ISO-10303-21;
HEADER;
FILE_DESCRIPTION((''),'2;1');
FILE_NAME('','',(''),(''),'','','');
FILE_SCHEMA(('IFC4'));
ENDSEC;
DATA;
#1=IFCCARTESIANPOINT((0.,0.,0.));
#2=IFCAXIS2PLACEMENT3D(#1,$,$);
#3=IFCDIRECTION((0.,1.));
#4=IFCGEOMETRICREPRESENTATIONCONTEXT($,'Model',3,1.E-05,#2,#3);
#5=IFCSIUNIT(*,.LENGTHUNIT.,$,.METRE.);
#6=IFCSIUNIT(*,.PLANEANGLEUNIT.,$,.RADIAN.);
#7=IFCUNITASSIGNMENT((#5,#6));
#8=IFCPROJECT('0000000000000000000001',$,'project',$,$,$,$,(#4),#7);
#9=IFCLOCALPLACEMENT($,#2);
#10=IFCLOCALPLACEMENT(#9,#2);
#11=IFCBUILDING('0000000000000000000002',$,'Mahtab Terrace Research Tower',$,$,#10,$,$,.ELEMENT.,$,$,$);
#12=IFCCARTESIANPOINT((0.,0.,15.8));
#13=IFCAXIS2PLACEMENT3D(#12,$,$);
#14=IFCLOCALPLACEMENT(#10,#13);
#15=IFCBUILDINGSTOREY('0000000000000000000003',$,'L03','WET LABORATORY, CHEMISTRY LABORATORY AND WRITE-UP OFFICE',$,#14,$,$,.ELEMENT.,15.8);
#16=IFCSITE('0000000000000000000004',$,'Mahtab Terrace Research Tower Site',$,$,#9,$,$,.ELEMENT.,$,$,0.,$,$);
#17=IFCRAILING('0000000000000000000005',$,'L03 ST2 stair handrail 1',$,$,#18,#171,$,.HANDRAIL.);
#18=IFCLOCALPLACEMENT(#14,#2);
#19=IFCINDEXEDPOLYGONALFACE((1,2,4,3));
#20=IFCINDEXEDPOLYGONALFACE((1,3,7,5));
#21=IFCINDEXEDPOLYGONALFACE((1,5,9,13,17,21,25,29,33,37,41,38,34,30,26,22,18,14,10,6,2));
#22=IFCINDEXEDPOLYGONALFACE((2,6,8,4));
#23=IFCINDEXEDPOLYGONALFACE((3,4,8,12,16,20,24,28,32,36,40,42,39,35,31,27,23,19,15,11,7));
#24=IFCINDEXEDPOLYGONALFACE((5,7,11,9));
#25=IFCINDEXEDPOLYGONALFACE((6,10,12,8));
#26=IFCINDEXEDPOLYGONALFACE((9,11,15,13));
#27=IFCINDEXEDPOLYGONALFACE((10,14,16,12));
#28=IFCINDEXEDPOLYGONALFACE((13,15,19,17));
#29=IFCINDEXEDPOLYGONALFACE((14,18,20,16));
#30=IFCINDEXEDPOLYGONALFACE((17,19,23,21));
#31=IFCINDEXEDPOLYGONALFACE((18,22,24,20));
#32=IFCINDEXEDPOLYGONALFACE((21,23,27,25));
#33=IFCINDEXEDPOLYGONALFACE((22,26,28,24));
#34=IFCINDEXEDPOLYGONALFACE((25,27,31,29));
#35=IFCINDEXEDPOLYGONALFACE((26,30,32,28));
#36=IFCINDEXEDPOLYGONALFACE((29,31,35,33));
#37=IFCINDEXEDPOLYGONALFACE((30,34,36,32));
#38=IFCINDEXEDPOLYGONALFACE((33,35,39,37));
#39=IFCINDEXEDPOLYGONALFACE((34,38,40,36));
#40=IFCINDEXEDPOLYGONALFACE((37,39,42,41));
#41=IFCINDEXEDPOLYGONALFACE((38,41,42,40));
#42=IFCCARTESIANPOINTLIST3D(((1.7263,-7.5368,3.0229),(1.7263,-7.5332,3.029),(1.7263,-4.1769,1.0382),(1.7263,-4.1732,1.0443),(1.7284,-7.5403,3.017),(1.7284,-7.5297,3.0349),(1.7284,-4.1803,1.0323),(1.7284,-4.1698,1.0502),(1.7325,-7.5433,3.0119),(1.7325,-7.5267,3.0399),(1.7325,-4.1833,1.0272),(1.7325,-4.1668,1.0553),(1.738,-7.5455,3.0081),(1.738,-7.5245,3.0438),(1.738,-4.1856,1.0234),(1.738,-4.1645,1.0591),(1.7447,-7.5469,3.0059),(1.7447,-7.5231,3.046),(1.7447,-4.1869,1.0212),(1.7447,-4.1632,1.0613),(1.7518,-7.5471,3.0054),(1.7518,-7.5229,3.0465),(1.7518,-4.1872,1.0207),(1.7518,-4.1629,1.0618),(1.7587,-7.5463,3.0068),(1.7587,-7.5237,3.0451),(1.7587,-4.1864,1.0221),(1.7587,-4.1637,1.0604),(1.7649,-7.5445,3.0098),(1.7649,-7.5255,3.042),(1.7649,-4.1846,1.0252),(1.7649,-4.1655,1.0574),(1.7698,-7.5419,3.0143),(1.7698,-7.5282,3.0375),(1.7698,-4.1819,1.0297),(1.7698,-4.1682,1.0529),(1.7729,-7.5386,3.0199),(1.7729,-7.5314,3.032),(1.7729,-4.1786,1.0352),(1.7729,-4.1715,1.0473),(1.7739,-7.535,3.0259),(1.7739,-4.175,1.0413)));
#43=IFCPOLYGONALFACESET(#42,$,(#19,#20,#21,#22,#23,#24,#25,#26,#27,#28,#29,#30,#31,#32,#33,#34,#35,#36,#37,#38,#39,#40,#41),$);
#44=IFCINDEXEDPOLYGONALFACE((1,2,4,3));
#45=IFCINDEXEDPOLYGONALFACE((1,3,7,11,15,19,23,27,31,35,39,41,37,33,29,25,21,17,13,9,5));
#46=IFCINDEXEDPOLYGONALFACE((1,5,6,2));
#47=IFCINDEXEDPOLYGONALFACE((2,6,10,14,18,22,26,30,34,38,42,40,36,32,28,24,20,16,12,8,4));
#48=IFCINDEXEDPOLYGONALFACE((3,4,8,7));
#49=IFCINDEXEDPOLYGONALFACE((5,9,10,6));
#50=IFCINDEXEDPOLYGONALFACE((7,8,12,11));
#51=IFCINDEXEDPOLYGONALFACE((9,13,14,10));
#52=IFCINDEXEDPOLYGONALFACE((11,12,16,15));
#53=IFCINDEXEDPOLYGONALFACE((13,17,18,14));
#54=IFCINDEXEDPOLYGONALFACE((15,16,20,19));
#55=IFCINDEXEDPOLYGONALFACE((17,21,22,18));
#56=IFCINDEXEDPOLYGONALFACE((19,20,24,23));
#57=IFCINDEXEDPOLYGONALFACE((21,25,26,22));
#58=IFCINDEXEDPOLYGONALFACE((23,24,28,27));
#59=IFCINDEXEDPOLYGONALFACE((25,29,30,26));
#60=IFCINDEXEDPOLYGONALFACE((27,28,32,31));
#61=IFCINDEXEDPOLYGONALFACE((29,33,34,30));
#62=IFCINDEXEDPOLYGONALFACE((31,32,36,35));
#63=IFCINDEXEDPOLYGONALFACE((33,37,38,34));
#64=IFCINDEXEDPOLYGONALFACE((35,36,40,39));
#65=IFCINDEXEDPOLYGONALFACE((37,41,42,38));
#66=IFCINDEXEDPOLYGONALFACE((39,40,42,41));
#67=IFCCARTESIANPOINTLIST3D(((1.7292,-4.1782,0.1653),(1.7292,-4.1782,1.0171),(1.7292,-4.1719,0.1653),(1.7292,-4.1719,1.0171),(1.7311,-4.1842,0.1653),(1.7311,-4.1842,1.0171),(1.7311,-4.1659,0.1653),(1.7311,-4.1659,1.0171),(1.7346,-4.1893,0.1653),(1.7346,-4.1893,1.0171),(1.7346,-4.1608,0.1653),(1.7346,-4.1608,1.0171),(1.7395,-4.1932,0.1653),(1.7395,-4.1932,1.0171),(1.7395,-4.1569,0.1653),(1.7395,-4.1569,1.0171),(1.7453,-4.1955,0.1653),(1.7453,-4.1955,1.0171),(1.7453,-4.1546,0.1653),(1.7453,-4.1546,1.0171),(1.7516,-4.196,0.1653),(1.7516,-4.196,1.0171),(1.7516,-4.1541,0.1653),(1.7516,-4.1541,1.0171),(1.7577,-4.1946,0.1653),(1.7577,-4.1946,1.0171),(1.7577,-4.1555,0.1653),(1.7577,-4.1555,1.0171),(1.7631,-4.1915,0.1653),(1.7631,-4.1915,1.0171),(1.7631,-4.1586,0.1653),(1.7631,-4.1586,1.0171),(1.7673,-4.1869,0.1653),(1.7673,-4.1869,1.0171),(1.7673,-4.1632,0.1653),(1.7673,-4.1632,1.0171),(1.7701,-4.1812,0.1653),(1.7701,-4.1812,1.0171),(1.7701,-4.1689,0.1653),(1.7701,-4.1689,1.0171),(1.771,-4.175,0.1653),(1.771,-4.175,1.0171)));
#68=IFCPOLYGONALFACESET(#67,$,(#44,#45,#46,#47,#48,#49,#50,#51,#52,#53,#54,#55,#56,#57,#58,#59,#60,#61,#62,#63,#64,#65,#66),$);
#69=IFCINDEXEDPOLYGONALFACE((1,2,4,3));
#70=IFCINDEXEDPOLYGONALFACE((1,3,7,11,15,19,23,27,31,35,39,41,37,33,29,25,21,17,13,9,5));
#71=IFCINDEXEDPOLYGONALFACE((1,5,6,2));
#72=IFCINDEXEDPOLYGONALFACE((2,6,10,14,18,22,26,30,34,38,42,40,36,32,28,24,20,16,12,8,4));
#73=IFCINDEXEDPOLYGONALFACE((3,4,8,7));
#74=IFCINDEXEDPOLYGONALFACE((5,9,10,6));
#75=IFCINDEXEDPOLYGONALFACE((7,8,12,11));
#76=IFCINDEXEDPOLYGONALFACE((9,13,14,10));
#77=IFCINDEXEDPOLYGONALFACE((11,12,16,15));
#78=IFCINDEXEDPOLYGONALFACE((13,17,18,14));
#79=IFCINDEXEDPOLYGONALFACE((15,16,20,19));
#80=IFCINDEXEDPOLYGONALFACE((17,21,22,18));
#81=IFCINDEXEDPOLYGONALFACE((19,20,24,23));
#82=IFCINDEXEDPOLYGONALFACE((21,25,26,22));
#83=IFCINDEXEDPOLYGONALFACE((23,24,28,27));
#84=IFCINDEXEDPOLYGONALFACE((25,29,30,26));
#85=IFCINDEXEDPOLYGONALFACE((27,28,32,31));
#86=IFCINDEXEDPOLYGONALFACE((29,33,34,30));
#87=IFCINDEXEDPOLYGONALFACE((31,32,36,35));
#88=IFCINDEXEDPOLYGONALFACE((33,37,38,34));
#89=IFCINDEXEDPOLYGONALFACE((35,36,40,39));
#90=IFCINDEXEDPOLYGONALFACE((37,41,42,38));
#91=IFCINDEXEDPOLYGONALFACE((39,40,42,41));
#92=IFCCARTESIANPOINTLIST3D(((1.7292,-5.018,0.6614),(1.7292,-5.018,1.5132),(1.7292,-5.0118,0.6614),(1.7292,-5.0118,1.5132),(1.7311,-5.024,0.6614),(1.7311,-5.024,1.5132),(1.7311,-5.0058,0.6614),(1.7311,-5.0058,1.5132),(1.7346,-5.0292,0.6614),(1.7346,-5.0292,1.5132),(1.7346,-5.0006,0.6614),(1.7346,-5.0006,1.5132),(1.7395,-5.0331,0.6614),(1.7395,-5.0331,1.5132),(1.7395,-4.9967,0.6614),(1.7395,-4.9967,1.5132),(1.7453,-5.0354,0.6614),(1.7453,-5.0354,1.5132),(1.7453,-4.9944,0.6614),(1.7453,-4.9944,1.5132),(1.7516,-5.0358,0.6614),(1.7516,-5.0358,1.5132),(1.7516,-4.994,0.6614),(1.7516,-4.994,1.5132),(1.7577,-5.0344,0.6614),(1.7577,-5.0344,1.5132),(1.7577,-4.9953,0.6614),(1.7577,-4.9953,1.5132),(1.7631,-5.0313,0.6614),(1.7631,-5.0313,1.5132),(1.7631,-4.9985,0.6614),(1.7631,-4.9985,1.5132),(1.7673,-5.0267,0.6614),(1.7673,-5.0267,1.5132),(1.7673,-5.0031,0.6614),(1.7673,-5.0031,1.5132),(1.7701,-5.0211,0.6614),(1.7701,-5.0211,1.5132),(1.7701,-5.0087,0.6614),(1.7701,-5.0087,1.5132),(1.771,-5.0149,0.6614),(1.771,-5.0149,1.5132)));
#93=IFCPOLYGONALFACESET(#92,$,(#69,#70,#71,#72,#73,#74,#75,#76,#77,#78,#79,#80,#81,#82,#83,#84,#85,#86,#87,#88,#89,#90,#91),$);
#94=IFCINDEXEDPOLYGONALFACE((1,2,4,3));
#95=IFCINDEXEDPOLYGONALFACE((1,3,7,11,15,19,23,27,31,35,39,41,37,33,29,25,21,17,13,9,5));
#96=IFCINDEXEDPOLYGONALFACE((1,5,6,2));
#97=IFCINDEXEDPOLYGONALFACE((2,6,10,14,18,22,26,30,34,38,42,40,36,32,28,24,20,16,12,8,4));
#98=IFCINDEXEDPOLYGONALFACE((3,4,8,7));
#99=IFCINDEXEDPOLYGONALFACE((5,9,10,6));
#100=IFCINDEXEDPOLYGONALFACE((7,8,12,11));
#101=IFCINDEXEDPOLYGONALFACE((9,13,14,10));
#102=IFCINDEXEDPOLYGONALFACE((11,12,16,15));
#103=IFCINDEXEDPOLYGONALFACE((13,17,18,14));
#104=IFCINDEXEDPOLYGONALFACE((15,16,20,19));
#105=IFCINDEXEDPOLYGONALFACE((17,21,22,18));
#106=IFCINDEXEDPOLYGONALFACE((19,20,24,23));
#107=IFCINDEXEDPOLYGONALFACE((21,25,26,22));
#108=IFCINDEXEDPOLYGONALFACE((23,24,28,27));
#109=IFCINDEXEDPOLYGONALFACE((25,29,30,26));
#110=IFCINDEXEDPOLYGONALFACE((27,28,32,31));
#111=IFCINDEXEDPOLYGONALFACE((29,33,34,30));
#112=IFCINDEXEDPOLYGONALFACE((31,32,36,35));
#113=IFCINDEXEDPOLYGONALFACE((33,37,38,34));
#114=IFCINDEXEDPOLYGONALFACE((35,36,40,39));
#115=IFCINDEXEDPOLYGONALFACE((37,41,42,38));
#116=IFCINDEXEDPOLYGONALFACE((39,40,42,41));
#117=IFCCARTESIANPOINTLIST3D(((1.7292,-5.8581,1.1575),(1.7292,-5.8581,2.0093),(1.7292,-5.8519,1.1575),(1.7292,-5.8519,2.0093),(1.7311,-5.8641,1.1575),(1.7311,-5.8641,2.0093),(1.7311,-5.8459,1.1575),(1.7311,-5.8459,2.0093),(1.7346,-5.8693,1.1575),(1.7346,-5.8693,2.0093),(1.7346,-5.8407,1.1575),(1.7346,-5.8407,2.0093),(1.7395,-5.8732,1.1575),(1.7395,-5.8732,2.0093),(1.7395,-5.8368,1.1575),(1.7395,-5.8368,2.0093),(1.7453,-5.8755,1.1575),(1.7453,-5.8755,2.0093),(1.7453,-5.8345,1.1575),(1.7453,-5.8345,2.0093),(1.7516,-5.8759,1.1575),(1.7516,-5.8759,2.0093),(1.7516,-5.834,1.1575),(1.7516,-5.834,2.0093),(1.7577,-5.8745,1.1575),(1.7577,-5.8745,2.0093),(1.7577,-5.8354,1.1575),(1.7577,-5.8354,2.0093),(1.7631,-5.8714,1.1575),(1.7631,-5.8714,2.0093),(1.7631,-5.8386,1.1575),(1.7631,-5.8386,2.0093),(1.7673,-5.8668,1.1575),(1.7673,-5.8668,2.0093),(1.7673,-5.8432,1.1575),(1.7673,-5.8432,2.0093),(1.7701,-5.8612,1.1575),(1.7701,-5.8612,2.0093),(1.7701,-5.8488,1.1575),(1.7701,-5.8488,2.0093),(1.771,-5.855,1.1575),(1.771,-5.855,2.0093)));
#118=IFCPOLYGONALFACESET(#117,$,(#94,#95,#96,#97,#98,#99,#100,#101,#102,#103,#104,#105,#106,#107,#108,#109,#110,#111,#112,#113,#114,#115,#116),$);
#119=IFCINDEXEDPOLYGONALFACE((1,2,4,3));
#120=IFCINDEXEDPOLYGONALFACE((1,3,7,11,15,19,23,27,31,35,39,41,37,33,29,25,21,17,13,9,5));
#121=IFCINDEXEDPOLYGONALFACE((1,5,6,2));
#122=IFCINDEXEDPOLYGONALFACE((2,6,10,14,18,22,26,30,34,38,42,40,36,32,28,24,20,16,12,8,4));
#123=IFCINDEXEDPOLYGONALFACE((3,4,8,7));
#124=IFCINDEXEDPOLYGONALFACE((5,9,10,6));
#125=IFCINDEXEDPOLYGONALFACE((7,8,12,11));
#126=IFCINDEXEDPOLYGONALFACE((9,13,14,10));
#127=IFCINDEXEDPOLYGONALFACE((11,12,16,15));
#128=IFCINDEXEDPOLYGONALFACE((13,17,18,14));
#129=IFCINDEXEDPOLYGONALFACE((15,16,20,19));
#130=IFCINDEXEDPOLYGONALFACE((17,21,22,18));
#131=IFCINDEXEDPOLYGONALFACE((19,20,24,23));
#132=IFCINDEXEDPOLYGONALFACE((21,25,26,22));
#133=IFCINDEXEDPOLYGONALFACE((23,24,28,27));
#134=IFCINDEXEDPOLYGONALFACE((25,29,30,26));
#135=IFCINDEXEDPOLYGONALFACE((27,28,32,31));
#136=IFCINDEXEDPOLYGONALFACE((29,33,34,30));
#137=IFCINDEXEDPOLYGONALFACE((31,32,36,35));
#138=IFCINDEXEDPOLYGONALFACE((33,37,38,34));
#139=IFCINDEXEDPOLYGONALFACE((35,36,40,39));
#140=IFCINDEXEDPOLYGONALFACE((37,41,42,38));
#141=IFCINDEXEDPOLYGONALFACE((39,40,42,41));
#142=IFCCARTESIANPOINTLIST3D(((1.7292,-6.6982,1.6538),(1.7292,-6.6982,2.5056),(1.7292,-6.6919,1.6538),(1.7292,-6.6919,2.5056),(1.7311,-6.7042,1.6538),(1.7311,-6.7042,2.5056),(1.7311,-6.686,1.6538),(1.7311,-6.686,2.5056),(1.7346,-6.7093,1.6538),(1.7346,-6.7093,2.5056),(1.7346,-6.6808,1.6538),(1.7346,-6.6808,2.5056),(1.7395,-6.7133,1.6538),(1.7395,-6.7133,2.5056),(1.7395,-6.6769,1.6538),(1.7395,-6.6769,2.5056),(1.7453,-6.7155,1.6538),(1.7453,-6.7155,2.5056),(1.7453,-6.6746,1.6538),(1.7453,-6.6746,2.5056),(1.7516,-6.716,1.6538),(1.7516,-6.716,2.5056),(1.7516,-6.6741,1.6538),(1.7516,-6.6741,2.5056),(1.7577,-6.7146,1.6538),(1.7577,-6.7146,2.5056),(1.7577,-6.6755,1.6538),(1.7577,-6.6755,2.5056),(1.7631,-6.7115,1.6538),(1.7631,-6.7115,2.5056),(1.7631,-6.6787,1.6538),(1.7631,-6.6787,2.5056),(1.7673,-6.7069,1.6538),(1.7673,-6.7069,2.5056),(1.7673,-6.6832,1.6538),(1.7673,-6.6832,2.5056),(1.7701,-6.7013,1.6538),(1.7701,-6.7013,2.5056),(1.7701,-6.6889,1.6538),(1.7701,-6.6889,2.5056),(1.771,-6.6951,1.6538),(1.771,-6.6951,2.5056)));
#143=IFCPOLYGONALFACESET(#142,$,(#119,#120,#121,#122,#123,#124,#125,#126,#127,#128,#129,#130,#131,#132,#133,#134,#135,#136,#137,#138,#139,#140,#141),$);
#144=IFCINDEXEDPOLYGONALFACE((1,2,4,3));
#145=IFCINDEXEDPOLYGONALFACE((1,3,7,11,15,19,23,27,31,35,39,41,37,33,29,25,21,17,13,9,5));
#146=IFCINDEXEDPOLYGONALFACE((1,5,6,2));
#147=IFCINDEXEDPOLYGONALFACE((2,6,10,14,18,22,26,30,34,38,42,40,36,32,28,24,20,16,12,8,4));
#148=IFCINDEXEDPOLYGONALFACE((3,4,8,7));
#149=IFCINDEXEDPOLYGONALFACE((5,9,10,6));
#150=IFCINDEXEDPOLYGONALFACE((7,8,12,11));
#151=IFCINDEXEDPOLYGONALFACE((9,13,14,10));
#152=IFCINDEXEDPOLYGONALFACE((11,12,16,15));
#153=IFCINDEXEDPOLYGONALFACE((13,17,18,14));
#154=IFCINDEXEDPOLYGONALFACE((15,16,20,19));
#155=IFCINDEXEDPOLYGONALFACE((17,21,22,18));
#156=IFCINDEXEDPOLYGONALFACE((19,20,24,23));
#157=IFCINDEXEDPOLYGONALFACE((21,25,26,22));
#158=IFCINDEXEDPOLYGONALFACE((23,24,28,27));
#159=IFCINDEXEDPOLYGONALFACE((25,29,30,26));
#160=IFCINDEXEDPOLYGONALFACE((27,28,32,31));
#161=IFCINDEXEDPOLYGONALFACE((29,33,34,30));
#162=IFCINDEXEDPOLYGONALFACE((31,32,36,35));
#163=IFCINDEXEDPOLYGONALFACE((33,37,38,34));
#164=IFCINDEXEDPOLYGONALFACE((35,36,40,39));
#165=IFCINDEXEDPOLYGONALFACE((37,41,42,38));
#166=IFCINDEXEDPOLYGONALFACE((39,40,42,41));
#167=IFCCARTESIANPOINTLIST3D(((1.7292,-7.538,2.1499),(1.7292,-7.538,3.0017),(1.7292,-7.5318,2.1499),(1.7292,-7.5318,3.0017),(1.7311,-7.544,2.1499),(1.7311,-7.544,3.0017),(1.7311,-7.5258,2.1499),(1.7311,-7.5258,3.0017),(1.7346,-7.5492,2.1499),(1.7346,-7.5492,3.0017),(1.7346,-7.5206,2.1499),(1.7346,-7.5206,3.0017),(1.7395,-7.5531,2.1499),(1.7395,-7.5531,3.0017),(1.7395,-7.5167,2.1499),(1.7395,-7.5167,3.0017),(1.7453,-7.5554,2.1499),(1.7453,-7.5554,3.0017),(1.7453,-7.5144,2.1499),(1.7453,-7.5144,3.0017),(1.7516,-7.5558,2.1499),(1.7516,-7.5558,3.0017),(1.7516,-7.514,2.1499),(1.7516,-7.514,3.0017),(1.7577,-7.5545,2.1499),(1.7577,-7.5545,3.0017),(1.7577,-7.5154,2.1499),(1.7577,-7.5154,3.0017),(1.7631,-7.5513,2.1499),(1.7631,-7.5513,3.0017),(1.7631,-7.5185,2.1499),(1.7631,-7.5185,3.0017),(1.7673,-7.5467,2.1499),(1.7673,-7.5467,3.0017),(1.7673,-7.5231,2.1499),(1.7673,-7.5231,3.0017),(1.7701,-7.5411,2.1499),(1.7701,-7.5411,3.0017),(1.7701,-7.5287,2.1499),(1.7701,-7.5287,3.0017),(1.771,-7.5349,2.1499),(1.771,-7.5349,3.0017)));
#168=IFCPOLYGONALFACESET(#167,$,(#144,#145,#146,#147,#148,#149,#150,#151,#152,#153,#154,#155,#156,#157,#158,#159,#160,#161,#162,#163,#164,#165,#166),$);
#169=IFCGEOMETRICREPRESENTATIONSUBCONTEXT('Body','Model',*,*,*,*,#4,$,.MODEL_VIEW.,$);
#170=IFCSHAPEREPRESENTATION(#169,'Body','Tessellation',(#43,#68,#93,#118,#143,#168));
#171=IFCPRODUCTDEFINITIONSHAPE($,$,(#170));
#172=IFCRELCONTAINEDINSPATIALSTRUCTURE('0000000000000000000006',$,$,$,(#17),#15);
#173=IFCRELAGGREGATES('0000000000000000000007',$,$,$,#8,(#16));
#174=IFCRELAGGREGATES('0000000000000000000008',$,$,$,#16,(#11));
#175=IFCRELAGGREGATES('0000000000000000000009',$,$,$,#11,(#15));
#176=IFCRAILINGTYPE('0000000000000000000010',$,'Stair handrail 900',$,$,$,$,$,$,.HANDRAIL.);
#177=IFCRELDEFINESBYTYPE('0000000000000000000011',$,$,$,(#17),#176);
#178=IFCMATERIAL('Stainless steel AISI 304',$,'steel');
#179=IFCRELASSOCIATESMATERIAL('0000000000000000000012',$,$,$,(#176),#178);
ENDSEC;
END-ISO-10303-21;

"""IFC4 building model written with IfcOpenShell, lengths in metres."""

from ifc_helpers import new_model, si_unit, direction, frame, origin, origin_2d, place, context, subcontext, project, spatial, circle, extrude, material, type_object, element, save


model = new_model("IFC4")

# Units and contexts
model_context = context("Model", 3, precision=1e-05, world=origin(), true_north=direction((0.0, 1.0)))
body_context = subcontext(model_context, "Body", "Model", "MODEL_VIEW")
ifc_project = project(units=[si_unit("LENGTHUNIT", "METRE"), si_unit("PLANEANGLEUNIT", "RADIAN")], contexts=[model_context])

# Site, building, storey
site_placement = place(None, origin())
site = spatial("IfcSite", under=ifc_project, at=site_placement, Name="Mahtab Terrace Research Tower Site", CompositionType="ELEMENT", RefElevation=0.0)
building_placement = place(site_placement, origin())
building = spatial("IfcBuilding", under=site, at=building_placement, Name="Mahtab Terrace Research Tower", CompositionType="ELEMENT")
storey_placement = place(building_placement, frame((0.0, 0.0, 15.8)))
storey = spatial("IfcBuildingStorey", under=building, at=storey_placement, Name="L03", Description="WET LABORATORY, CHEMISTRY LABORATORY AND WRITE-UP OFFICE", CompositionType="ELEMENT", Elevation=15.8)

# Railing
ifc_material_1 = material(Name="Stainless steel AISI 304", Category="steel")
railing_type_1 = type_object("IfcRailingType", Name="Stair handrail 900", PredefinedType="HANDRAIL", material=ifc_material_1)
railing_1_placement = place(storey_placement, frame((1.75, -4.175, 0.1653)))
element("IfcRailing", 1, at=railing_1_placement, inside=storey, type_object=railing_type_1, Name="L03 ST2 stair handrail 1", PredefinedType="HANDRAIL", context=body_context, shape_type="SweptSolid", body=[
    extrude(circle(Radius=0.0239, at=origin_2d()), frame((0.0, 0.0, 0.876), z_axis=(0.0, -0.861011, 0.508586), x_axis=(1.0, 0.0, 0.0)), (0.0, 0.0, 1.0), 3.9023),
    extrude(circle(Radius=0.021, at=origin_2d()), origin(), (0.0, 0.0, 1.0), 0.8518),
    extrude(circle(Radius=0.021, at=origin_2d()), frame((0.0, -0.8398, 0.4961)), (0.0, 0.0, 1.0), 0.8518),
    extrude(circle(Radius=0.021, at=origin_2d()), frame((0.0, -1.6799, 0.9922)), (0.0, 0.0, 1.0), 0.8518),
    extrude(circle(Radius=0.021, at=origin_2d()), frame((0.0, -2.52, 1.4885)), (0.0, 0.0, 1.0), 0.8518),
    extrude(circle(Radius=0.021, at=origin_2d()), frame((0.0, -3.3599, 1.9846)), (0.0, 0.0, 1.0), 0.8518),
])

save(model, "model.ifc")
